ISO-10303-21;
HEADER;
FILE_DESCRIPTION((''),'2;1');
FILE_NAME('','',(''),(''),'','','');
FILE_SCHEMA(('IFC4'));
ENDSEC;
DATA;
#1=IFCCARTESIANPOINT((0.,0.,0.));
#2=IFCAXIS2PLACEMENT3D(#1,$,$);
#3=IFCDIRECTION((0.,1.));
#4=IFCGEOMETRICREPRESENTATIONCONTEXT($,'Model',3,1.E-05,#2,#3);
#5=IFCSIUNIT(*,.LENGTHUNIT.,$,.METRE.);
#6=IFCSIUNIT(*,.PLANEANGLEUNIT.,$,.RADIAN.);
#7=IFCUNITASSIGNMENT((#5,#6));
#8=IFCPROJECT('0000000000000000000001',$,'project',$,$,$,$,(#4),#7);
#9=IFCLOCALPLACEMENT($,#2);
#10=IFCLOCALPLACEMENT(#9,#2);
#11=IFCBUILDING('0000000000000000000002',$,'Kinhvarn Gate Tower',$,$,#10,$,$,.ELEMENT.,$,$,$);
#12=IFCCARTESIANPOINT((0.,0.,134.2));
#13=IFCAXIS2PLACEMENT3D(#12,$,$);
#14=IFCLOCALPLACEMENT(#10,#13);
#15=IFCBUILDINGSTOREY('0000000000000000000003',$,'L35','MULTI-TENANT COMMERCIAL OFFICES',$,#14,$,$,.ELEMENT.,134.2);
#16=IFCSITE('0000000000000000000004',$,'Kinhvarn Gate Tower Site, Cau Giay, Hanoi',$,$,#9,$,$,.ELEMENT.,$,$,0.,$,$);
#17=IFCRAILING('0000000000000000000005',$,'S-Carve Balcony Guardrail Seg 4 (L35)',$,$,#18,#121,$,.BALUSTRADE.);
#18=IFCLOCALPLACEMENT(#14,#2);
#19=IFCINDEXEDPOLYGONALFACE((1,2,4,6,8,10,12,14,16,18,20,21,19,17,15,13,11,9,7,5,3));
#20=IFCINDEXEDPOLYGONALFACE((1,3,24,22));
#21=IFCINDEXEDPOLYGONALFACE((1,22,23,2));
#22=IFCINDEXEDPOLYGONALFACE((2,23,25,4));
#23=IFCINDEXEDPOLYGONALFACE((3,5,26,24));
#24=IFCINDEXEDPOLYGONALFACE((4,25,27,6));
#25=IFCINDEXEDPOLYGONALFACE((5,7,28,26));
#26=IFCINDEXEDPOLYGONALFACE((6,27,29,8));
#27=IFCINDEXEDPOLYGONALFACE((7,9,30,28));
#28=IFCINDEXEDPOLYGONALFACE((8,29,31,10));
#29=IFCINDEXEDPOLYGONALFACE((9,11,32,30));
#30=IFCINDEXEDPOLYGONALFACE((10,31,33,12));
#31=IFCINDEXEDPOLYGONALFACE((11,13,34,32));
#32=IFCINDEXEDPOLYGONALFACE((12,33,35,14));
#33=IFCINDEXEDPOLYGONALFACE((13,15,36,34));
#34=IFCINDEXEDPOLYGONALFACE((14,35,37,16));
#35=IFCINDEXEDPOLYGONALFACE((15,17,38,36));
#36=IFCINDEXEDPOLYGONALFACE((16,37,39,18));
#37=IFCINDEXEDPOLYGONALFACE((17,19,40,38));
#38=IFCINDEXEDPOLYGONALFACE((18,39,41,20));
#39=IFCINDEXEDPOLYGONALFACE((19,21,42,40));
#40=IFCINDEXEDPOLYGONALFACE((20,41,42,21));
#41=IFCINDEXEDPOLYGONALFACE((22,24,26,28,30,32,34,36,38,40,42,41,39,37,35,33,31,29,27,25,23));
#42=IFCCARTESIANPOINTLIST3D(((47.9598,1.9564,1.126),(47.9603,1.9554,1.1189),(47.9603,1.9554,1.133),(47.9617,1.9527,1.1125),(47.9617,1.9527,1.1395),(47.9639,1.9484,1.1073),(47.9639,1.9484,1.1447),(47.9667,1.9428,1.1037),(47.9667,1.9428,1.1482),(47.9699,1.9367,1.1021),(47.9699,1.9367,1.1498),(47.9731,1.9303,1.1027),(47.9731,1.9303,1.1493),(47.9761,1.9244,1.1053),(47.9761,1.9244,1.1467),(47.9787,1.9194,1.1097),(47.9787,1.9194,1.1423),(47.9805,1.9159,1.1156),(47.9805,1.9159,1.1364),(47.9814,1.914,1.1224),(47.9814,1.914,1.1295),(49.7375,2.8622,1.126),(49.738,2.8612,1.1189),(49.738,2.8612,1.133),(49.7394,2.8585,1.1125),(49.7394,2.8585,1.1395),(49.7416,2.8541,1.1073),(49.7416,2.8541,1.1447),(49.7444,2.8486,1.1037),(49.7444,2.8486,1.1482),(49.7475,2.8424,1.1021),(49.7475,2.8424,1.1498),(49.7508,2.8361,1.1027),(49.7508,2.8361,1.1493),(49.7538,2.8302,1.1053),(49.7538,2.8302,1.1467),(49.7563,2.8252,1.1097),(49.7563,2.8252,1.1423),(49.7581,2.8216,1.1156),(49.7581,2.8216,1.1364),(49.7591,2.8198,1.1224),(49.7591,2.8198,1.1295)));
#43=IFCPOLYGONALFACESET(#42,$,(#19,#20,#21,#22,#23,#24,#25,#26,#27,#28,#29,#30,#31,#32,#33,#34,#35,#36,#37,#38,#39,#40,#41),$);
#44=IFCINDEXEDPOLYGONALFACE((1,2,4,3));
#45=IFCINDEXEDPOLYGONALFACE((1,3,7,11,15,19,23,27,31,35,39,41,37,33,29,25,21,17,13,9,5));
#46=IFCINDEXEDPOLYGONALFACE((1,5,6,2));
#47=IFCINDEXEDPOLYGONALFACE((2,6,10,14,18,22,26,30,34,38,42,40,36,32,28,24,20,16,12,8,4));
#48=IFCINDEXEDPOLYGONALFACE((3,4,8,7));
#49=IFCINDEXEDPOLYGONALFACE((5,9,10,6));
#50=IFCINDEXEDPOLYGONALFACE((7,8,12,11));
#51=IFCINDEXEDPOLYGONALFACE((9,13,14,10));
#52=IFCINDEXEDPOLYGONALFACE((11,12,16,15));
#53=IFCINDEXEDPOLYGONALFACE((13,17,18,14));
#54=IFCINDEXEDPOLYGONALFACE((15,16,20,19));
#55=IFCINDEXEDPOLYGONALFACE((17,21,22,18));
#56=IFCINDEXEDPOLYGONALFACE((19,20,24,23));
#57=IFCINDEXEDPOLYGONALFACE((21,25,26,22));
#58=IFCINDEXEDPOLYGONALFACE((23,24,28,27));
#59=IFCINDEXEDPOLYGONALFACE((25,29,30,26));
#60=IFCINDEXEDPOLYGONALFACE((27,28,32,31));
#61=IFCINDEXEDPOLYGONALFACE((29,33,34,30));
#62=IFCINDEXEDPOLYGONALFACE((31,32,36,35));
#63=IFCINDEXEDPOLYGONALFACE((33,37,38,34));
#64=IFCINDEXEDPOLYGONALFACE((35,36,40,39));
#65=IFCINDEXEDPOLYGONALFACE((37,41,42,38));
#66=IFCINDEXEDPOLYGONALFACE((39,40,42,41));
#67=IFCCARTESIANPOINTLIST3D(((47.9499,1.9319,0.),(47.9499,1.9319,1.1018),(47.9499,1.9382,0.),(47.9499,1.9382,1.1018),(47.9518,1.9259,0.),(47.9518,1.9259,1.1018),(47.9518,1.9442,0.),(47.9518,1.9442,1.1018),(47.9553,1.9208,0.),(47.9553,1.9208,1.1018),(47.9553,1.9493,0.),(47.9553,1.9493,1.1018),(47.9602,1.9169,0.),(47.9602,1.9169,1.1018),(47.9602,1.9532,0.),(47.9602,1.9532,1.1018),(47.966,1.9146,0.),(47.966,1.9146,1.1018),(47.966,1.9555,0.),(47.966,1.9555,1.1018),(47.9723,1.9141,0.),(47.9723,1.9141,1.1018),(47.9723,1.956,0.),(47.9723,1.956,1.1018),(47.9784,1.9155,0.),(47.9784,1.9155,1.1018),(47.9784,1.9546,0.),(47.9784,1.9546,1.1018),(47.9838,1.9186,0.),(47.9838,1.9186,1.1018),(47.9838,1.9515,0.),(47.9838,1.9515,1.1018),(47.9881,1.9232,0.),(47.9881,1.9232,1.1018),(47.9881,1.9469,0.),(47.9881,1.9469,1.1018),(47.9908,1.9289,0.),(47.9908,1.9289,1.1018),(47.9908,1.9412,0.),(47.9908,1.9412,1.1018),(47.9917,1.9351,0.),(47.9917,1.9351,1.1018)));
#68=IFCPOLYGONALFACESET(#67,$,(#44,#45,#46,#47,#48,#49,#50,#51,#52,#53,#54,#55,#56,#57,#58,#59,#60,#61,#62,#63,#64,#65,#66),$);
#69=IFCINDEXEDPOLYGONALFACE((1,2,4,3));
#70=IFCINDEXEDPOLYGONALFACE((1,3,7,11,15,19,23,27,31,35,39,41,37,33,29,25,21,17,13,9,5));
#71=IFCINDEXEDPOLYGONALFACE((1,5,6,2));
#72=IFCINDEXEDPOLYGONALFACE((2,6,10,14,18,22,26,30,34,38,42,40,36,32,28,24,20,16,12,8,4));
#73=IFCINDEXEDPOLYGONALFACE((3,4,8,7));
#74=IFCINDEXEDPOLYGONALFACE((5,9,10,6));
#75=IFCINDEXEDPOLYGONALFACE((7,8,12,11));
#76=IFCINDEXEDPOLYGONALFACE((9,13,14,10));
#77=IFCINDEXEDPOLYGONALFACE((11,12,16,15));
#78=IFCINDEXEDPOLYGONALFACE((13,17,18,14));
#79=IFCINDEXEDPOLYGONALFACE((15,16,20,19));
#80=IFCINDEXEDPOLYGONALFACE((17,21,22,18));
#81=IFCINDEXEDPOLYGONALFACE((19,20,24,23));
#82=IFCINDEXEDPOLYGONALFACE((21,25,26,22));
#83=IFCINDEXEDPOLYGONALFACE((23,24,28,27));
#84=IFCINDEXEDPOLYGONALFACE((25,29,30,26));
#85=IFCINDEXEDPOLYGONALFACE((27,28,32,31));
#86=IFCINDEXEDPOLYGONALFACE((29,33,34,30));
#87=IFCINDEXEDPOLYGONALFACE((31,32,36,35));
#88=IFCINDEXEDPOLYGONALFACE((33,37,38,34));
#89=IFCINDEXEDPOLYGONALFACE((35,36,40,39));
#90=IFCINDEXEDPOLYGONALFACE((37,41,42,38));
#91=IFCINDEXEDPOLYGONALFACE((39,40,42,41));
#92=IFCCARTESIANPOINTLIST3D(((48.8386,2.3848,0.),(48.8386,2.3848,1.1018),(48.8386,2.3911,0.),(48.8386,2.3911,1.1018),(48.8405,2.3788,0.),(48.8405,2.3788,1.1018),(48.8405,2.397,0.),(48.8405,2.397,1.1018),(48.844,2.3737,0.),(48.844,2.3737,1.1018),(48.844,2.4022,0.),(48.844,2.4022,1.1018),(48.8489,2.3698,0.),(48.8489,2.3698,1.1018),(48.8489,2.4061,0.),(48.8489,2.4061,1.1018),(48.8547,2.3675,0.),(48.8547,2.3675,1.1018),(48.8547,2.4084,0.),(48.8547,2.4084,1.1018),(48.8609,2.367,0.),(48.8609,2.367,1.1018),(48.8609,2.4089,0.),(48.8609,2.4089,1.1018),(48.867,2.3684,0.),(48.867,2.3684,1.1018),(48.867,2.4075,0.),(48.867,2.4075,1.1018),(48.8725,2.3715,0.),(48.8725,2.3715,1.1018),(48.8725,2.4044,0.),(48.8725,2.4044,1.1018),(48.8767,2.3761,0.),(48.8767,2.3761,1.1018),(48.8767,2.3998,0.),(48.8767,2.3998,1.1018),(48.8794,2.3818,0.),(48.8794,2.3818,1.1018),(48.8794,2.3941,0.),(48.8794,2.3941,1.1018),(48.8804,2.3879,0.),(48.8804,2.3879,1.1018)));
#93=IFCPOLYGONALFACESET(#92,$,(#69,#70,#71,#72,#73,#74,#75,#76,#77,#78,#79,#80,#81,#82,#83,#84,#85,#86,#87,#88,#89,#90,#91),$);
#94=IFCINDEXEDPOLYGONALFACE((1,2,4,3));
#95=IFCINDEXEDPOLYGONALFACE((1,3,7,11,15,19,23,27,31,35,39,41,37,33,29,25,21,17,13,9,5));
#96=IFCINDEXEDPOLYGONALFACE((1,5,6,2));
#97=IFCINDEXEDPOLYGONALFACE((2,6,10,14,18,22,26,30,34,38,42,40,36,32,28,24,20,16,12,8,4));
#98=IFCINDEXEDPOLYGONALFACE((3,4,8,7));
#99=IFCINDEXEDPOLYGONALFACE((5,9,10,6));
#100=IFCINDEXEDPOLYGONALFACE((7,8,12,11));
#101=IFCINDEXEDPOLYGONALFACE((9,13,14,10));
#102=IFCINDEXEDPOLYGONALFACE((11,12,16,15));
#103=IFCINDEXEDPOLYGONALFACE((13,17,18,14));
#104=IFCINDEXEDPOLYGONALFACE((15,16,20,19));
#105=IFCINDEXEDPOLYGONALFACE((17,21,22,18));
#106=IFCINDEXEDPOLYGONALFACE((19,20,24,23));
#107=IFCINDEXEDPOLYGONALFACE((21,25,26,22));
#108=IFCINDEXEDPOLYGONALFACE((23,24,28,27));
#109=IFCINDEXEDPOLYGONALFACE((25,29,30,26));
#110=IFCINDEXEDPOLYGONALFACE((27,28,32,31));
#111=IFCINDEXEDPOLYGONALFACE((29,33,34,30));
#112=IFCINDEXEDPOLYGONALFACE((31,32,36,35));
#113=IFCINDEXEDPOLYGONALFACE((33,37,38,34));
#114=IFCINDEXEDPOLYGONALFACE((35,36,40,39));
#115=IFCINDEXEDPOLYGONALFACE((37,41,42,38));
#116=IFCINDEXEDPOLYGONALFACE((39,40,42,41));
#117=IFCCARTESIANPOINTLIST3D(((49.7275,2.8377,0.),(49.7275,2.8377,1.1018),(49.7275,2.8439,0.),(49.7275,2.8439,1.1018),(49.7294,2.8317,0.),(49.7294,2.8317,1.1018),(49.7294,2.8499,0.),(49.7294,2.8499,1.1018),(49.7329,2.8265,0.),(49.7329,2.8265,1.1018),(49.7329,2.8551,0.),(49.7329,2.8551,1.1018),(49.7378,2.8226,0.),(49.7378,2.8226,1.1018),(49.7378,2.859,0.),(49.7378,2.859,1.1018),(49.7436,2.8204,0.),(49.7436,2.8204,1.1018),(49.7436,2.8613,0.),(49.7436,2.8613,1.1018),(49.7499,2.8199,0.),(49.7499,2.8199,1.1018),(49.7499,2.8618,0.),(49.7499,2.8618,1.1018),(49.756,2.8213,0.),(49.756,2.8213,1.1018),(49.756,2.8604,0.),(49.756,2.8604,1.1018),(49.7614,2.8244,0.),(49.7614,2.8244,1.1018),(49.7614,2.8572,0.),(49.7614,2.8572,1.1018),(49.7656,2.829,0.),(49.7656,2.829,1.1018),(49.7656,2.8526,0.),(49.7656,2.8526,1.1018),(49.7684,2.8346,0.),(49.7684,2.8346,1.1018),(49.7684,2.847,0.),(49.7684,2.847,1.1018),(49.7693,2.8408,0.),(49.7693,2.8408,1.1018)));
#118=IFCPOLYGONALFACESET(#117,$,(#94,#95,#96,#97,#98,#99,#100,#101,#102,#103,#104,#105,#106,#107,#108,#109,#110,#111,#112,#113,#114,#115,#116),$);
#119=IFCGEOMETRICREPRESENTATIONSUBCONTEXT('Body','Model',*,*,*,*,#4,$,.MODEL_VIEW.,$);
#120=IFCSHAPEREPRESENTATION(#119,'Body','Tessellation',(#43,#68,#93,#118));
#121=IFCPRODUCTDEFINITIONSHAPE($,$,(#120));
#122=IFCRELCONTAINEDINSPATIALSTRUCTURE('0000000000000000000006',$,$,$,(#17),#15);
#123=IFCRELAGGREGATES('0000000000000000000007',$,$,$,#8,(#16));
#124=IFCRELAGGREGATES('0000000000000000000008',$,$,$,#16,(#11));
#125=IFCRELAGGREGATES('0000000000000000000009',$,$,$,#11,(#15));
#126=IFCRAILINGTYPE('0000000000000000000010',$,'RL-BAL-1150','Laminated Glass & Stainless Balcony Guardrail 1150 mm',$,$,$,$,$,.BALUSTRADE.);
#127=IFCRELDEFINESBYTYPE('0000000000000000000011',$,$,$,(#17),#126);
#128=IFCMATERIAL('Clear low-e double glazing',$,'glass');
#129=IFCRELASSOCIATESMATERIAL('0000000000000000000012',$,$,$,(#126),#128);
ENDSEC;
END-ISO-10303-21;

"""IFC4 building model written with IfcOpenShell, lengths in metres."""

from ifc_helpers import new_model, si_unit, direction, frame, origin, origin_2d, place, context, subcontext, project, spatial, circle, extrude, material, type_object, element, save


model = new_model("IFC4")

# Units and contexts
model_context = context("Model", 3, precision=1e-05, world=origin(), true_north=direction((0.0, 1.0)))
body_context = subcontext(model_context, "Body", "Model", "MODEL_VIEW")
ifc_project = project(units=[si_unit("LENGTHUNIT", "METRE"), si_unit("PLANEANGLEUNIT", "RADIAN")], contexts=[model_context])

# Site, building, storey
site_placement = place(None, origin())
site = spatial("IfcSite", under=ifc_project, at=site_placement, Name="Kinhvarn Gate Tower Site, Cau Giay, Hanoi", CompositionType="ELEMENT", RefElevation=0.0)
building_placement = place(site_placement, origin())
building = spatial("IfcBuilding", under=site, at=building_placement, Name="Kinhvarn Gate Tower", CompositionType="ELEMENT")
storey_placement = place(building_placement, frame((0.0, 0.0, 134.2)))
storey = spatial("IfcBuildingStorey", under=building, at=storey_placement, Name="L35", Description="MULTI-TENANT COMMERCIAL OFFICES", CompositionType="ELEMENT", Elevation=134.2)

# Shared definitions
ifc_material_1 = material(Name="Clear low-e double glazing", Category="glass")

# Railing
railing_type = type_object("IfcRailingType", Name="RL-BAL-1150", Description="Laminated Glass & Stainless Balcony Guardrail 1150 mm", PredefinedType="BALUSTRADE", material=ifc_material_1)
railing_1_placement = place(storey_placement, frame((47.9707, 1.9351, 0.0)))
element("IfcRailing", 1, at=railing_1_placement, inside=storey, type_object=railing_type, Name="S-Carve Balcony Guardrail Seg 4 (L35)", PredefinedType="BALUSTRADE", context=body_context, shape_type="SweptSolid", body=[
    extrude(circle(Radius=0.0239, at=origin_2d()), frame((0.0, 0.0, 1.126), z_axis=(0.890999, 0.454005, 0.0), x_axis=(-0.454005, 0.890999, 0.0)), (0.0, 0.0, 1.0), 1.9951),
    extrude(circle(Radius=0.021, at=origin_2d()), origin(), (0.0, 0.0, 1.0), 1.1018),
    extrude(circle(Radius=0.021, at=origin_2d()), frame((0.8887, 0.4529, 0.0)), (0.0, 0.0, 1.0), 1.1018),
    extrude(circle(Radius=0.021, at=origin_2d()), frame((1.7776, 0.9058, 0.0)), (0.0, 0.0, 1.0), 1.1018),
])

save(model, "model.ifc")
